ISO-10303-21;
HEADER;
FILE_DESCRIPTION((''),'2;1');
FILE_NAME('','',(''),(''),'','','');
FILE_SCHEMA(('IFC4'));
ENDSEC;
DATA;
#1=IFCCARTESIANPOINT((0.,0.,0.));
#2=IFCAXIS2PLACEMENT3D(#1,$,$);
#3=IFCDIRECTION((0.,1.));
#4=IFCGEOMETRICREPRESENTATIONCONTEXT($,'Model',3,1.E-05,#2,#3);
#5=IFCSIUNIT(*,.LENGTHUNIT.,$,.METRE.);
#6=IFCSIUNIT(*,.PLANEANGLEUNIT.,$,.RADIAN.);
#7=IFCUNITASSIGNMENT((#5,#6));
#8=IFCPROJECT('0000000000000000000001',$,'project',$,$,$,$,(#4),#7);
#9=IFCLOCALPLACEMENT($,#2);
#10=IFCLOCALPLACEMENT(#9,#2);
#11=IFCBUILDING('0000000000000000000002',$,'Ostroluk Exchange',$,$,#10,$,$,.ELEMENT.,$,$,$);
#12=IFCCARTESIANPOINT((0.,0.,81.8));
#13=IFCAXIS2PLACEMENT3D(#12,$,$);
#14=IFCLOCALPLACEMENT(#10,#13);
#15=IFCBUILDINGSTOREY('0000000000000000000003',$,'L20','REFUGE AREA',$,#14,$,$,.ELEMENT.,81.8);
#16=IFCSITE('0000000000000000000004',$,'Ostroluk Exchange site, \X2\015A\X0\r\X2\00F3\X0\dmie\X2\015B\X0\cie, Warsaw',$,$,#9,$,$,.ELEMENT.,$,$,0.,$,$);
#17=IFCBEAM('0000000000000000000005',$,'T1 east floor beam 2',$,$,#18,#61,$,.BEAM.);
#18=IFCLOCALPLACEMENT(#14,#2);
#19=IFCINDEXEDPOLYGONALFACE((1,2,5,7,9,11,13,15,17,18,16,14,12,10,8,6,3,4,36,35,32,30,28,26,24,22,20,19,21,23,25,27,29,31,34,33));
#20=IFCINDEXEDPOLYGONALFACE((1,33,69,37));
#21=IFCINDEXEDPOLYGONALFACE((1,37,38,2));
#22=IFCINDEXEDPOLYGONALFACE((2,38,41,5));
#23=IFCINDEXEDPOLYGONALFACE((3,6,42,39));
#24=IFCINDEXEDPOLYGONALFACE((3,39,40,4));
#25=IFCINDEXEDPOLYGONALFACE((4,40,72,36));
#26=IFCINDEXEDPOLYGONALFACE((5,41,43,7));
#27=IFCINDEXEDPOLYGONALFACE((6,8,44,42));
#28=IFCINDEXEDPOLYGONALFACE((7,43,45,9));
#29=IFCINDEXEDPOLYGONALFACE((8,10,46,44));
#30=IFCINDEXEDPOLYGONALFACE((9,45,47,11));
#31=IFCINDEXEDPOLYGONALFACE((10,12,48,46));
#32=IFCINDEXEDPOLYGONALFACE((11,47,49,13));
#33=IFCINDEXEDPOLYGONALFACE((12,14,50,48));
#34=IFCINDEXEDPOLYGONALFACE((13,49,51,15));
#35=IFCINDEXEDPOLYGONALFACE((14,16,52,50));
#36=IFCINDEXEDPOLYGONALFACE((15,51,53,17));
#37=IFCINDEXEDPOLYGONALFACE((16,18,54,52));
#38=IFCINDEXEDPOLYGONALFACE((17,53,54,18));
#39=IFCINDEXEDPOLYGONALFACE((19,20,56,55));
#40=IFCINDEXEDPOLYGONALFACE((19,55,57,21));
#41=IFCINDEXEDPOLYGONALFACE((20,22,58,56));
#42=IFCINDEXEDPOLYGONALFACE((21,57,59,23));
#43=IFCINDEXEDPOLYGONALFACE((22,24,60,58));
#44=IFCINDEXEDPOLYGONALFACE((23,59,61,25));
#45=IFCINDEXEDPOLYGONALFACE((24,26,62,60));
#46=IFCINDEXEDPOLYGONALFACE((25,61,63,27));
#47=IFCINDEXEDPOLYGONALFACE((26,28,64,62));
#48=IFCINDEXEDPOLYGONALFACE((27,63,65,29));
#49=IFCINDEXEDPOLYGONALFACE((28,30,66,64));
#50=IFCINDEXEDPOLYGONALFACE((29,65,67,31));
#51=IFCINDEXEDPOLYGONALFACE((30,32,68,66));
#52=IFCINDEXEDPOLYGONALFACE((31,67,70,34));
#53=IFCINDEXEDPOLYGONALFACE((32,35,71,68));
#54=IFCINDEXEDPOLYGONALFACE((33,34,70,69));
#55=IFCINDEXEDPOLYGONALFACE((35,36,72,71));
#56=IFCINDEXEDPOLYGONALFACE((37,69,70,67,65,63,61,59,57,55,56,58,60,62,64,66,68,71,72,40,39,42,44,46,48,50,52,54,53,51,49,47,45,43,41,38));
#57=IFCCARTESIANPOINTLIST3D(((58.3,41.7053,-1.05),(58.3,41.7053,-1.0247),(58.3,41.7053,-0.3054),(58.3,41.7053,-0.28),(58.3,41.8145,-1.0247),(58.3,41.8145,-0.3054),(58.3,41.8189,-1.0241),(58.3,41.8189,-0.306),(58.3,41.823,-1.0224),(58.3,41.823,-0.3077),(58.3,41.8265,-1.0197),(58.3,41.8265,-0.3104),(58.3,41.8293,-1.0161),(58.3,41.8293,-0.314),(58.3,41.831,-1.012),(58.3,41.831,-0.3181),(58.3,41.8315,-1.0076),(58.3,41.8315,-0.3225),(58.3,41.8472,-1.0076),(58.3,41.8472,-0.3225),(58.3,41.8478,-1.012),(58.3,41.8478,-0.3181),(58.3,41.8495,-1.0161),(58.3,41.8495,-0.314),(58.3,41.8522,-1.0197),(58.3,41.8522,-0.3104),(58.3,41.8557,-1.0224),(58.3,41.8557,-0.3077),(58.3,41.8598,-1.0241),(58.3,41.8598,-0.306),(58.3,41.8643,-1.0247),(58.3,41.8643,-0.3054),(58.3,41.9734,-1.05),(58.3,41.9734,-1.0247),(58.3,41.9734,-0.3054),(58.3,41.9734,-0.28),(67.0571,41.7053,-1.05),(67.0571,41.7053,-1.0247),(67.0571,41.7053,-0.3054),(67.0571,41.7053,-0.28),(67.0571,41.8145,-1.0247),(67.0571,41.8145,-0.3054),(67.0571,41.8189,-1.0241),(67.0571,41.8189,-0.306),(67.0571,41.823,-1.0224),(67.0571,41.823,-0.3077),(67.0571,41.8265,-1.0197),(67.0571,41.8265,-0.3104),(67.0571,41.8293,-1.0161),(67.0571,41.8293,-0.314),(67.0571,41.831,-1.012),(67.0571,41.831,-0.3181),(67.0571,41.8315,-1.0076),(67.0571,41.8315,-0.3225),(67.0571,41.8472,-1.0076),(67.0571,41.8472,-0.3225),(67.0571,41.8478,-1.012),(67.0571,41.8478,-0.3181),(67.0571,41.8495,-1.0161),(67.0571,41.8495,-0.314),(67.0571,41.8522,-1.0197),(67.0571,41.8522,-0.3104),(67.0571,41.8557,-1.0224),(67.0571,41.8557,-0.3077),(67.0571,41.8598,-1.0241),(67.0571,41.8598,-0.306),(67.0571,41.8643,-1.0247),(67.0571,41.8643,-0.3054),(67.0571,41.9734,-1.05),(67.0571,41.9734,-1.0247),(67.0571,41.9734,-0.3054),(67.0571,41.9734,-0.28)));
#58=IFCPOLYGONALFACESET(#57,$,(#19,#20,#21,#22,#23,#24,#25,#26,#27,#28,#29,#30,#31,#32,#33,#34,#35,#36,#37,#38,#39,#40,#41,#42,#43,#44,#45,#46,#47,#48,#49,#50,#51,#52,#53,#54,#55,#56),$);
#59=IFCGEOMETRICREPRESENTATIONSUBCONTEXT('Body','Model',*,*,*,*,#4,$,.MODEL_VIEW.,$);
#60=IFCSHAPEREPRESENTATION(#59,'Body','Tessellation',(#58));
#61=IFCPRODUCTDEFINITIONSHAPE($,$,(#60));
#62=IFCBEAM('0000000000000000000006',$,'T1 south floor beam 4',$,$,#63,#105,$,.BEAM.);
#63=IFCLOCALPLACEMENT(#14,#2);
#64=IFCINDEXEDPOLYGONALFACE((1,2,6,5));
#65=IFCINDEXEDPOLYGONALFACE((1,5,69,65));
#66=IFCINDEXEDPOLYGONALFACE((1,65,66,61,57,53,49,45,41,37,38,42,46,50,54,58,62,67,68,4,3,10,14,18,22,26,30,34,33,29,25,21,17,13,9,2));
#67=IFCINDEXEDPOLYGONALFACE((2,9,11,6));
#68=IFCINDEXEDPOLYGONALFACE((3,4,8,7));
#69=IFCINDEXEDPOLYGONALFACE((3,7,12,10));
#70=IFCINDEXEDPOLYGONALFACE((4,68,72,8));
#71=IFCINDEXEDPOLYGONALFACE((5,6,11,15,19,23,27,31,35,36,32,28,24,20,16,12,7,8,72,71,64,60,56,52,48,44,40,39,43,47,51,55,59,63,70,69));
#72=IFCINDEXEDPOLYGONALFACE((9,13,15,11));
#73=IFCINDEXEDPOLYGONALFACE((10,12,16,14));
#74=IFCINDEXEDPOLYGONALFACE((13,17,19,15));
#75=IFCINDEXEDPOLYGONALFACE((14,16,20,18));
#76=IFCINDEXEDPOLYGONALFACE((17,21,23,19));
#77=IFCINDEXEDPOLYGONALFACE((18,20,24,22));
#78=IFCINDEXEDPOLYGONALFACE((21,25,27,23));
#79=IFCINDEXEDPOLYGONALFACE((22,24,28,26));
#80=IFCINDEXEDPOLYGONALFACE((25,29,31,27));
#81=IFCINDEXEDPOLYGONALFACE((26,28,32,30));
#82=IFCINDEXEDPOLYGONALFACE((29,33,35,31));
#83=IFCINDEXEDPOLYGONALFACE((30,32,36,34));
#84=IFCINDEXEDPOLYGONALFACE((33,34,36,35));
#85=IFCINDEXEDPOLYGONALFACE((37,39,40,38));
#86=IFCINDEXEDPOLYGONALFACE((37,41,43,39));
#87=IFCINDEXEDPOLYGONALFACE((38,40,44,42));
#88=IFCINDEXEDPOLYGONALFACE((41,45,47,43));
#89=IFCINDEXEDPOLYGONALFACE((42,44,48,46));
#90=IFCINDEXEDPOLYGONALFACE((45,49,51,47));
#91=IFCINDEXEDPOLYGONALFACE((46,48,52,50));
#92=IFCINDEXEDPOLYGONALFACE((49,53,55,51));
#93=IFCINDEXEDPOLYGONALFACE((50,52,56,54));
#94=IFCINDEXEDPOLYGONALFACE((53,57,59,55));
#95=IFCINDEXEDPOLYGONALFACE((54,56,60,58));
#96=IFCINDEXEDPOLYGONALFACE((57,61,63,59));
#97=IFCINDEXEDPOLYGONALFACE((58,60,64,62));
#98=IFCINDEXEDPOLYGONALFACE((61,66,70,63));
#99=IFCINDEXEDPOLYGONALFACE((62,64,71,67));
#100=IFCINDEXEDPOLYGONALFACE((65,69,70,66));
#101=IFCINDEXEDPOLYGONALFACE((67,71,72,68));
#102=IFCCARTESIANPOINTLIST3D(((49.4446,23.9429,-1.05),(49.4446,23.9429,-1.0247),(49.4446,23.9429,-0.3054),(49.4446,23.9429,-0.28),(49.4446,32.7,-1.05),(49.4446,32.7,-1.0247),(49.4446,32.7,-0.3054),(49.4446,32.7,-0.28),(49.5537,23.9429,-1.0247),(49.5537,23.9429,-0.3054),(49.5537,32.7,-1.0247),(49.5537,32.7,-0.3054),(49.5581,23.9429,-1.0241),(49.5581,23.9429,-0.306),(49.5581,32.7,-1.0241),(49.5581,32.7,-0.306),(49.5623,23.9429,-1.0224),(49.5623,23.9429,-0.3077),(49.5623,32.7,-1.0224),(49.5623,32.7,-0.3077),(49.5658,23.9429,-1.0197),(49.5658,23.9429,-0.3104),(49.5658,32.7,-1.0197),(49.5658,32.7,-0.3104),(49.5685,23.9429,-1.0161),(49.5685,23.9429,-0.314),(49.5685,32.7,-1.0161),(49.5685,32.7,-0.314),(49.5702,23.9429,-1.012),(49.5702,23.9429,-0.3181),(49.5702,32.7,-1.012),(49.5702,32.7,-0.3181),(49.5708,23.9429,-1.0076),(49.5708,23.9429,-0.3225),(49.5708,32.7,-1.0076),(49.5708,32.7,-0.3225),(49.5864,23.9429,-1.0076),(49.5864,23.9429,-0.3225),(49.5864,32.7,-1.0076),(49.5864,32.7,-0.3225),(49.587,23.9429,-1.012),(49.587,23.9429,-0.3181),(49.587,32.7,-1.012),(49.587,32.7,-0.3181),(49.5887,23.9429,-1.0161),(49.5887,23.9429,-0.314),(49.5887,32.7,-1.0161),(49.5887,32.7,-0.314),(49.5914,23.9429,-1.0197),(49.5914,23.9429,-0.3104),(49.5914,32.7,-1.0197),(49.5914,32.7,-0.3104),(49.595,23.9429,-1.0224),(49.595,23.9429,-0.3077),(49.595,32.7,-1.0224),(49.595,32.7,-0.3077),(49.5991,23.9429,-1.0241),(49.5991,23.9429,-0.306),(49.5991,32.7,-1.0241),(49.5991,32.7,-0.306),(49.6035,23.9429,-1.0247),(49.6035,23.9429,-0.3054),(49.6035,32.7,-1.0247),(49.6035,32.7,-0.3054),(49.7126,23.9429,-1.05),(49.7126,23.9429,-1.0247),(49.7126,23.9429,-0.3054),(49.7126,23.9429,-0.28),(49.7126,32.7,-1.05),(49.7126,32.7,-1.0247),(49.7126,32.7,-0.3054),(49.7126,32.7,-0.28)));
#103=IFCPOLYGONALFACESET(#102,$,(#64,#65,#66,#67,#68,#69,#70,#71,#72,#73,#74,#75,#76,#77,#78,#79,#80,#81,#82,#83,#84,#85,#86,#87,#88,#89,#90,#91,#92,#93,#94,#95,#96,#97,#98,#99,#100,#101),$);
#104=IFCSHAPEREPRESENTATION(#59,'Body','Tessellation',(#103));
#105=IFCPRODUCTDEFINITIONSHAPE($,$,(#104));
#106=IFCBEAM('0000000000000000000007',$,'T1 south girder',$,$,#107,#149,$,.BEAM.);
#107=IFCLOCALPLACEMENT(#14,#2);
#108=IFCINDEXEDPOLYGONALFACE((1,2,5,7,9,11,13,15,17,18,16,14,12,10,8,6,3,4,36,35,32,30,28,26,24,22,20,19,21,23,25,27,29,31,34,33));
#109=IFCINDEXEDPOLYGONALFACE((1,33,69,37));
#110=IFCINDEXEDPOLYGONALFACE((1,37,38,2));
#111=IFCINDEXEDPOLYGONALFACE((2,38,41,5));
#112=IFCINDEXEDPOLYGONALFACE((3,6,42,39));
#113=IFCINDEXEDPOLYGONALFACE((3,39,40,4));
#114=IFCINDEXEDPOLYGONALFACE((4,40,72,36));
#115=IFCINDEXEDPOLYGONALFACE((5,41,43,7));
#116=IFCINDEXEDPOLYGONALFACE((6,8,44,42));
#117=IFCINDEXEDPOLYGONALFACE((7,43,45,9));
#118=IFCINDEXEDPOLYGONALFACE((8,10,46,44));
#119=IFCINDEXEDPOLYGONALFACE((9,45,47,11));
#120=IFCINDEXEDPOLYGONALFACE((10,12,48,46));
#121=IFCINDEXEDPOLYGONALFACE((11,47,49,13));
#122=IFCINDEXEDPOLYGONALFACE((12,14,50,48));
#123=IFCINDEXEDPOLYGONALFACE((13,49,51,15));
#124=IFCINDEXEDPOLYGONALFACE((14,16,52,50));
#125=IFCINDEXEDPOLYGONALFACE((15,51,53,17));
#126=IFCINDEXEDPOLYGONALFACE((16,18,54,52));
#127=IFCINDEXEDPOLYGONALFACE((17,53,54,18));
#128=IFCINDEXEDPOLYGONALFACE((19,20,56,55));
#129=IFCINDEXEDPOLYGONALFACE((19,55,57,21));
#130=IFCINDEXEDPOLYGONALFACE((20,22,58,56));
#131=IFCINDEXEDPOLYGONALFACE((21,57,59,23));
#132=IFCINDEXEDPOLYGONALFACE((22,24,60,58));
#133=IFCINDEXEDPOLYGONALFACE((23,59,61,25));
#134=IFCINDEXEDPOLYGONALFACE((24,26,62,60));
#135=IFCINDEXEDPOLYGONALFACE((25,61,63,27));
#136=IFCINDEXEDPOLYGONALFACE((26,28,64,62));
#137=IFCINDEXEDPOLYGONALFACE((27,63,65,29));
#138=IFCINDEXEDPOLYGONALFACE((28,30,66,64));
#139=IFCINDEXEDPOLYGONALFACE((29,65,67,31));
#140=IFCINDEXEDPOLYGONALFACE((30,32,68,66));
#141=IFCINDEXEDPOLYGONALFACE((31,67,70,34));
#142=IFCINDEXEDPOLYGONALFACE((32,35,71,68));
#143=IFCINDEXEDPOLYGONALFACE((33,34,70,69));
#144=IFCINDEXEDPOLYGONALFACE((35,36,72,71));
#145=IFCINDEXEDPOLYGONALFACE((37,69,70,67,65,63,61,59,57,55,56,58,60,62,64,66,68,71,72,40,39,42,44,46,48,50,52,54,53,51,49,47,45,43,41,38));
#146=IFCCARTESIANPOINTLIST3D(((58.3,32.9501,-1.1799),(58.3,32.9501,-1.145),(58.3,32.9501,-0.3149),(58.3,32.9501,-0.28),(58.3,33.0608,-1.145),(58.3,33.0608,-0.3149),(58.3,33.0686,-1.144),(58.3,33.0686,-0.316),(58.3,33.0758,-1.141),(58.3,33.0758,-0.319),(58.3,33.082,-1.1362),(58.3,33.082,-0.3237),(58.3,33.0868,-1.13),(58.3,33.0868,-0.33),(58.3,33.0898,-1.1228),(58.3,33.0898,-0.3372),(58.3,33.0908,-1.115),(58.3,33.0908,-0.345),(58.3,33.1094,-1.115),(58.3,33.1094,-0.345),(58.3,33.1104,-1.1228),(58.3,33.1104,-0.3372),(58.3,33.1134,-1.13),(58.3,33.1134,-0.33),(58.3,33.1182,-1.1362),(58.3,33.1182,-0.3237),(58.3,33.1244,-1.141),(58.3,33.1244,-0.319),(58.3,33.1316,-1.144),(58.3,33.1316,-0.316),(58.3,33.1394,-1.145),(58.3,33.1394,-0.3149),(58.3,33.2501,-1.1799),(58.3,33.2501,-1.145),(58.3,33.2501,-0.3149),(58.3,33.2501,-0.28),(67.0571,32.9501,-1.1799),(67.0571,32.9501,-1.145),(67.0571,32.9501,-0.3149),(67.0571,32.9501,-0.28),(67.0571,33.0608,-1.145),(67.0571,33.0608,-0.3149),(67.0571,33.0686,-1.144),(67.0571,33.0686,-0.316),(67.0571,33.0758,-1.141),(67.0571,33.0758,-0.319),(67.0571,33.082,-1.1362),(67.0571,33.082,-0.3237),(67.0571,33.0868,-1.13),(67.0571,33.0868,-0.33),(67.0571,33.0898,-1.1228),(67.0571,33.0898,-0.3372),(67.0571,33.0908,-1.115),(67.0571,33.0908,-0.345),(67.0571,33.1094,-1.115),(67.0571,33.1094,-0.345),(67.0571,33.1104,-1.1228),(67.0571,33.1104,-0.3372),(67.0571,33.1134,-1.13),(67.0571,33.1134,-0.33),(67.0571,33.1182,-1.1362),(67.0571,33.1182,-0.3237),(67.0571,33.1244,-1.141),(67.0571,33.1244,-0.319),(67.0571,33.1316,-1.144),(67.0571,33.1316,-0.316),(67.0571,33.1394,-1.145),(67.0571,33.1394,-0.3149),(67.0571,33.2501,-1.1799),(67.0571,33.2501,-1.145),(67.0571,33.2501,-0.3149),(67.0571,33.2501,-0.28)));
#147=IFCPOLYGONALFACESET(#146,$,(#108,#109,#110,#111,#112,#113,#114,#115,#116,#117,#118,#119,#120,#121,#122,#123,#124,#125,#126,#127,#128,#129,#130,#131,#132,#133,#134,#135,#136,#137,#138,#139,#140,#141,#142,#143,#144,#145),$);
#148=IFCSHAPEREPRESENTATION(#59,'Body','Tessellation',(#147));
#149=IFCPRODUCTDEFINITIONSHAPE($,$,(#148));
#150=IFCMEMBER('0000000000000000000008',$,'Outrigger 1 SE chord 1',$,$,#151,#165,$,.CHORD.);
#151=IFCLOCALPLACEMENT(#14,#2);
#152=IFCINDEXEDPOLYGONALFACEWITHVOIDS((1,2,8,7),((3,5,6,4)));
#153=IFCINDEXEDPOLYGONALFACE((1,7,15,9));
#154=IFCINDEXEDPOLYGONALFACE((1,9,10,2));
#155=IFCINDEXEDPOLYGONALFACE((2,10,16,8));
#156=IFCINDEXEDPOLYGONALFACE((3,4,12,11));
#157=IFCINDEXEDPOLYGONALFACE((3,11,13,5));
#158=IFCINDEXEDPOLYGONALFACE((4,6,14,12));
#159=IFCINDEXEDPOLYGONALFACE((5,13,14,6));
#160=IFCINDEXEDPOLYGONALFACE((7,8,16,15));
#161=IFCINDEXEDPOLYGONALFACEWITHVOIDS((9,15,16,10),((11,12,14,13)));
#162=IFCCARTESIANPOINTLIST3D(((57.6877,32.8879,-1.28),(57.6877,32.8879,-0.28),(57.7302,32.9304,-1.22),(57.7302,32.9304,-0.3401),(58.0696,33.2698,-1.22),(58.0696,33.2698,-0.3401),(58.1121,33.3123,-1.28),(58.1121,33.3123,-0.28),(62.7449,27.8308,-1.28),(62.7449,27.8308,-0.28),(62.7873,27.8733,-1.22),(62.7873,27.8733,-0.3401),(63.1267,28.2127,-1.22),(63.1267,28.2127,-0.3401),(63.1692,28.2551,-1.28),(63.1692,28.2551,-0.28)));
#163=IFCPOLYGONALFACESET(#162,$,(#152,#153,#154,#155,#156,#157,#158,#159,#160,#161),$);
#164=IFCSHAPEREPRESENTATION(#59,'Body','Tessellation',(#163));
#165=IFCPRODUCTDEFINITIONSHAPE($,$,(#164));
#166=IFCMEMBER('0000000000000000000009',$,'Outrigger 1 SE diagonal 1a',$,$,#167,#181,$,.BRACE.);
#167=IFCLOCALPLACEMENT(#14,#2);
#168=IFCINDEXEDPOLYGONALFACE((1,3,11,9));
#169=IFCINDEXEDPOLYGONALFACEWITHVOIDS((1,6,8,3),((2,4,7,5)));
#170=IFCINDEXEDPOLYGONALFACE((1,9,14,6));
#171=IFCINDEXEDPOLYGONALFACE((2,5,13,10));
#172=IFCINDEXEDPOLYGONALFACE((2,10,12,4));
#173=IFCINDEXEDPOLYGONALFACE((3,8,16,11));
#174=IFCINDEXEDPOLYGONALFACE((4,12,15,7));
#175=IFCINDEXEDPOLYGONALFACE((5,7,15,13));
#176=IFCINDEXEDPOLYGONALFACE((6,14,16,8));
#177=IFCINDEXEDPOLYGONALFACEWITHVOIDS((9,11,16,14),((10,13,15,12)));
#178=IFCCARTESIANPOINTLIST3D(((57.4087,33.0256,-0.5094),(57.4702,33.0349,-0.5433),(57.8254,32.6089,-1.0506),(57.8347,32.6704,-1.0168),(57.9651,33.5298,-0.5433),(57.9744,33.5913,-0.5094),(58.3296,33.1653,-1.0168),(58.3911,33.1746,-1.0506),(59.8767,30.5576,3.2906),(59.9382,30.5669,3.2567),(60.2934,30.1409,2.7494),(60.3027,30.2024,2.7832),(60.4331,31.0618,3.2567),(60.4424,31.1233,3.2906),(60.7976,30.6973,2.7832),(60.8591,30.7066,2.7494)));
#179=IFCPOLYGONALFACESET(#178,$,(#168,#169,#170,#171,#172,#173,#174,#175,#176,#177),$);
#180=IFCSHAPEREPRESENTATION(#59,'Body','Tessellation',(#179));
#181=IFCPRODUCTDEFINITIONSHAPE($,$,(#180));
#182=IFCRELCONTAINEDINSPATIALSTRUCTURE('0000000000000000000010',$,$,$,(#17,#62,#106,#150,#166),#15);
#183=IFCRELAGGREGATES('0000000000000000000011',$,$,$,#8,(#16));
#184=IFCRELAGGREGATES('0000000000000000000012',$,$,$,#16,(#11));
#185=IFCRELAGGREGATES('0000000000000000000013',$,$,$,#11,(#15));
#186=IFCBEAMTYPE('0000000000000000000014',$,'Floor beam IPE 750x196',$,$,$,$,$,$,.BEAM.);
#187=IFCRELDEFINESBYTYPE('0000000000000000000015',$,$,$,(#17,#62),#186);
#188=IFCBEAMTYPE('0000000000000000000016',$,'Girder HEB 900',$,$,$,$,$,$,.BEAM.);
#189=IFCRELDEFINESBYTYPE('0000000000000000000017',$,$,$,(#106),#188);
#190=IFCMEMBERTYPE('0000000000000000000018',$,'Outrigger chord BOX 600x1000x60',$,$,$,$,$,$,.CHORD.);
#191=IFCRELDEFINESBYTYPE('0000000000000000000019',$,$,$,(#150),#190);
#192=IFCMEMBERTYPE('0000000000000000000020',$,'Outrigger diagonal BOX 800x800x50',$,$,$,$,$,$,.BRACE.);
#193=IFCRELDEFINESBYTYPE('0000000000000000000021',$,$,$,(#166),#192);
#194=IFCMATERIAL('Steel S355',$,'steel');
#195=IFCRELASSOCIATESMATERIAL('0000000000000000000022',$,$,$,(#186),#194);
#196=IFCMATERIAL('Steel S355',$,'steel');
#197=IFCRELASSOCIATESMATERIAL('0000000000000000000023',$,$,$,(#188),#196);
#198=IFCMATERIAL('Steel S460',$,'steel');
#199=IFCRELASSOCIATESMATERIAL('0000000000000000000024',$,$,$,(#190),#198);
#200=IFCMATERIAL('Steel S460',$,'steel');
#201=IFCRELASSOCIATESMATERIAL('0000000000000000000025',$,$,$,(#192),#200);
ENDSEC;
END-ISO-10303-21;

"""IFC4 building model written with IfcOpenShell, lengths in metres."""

from ifc_helpers import new_model, si_unit, direction, frame, origin, origin_2d, place, context, subcontext, project, spatial, hollow_rectangle, i_section, extrude, material, material_profile, profile_set, type_object, element, save


model = new_model("IFC4")

# Units and contexts
model_context = context("Model", 3, precision=1e-05, world=origin(), true_north=direction((0.0, 1.0)))
body_context = subcontext(model_context, "Body", "Model", "MODEL_VIEW")
ifc_project = project(units=[si_unit("LENGTHUNIT", "METRE"), si_unit("PLANEANGLEUNIT", "RADIAN")], contexts=[model_context])

# Site, building, storey
site_placement = place(None, origin())
site = spatial("IfcSite", under=ifc_project, at=site_placement, Name="Ostroluk Exchange site, Śródmieście, Warsaw", CompositionType="ELEMENT", RefElevation=0.0)
building_placement = place(site_placement, origin())
building = spatial("IfcBuilding", under=site, at=building_placement, Name="Ostroluk Exchange", CompositionType="ELEMENT")
storey_placement = place(building_placement, frame((0.0, 0.0, 81.8)))
storey = spatial("IfcBuildingStorey", under=building, at=storey_placement, Name="L20", Description="REFUGE AREA", CompositionType="ELEMENT", Elevation=81.8)

# Beams
ifc_material_1 = material(Name="Steel S355", Category="steel")
ifc_material_profile_1 = material_profile(ifc_material_1, i_section(OverallWidth=0.2681, OverallDepth=0.77, WebThickness=0.0156, FlangeThickness=0.0254, FilletRadius=0.0171, at=origin_2d()), Name="IPE 750x196")
ifc_profile_set_1 = profile_set([ifc_material_profile_1], Name="Steel S355")
beam_type_1 = type_object("IfcBeamType", Name="Floor beam IPE 750x196", PredefinedType="BEAM", material=ifc_profile_set_1)
for number, where, z_axis, x_axis, name in (
    (1, (58.3, 41.8394, -0.665), (1.0, 0.0, 0.0), (0.0, 1.0, 0.0), "T1 east floor beam 2"),
    (2, (49.5786, 32.7, -0.665), (0.0, -1.0, 0.0), (1.0, 0.0, 0.0), "T1 south floor beam 4"),
):
    element("IfcBeam", number, at=place(storey_placement, frame(where, z_axis=z_axis, x_axis=x_axis)), inside=storey, type_object=beam_type_1, Name=name, PredefinedType="BEAM", context=body_context, shape_type="SweptSolid", body=[
        extrude(i_section(OverallWidth=0.2681, OverallDepth=0.77, WebThickness=0.0156, FlangeThickness=0.0254, FilletRadius=0.0171, at=origin_2d()), origin(), (0.0, 0.0, 1.0), 8.7571),
    ])
ifc_material_2 = material(Name="Steel S355", Category="steel")
ifc_material_profile_2 = material_profile(ifc_material_2, i_section(OverallWidth=0.3, OverallDepth=0.8999, WebThickness=0.0186, FlangeThickness=0.0349, FilletRadius=0.03, at=origin_2d()), Name="HEB 900")
ifc_profile_set_2 = profile_set([ifc_material_profile_2], Name="Steel S355")
beam_type_2 = type_object("IfcBeamType", Name="Girder HEB 900", PredefinedType="BEAM", material=ifc_profile_set_2)
beam_1_placement = place(storey_placement, frame((58.3, 33.1001, -0.73), z_axis=(1.0, 0.0, 0.0), x_axis=(0.0, 1.0, 0.0)))
element("IfcBeam", 3, at=beam_1_placement, inside=storey, type_object=beam_type_2, Name="T1 south girder", PredefinedType="BEAM", context=body_context, shape_type="SweptSolid", body=[
    extrude(i_section(OverallWidth=0.3, OverallDepth=0.8999, WebThickness=0.0186, FlangeThickness=0.0349, FilletRadius=0.03, at=origin_2d()), origin(), (0.0, 0.0, 1.0), 8.7571),
])

# Members
ifc_material_3 = material(Name="Steel S460", Category="steel")
ifc_material_profile_3 = material_profile(ifc_material_3, hollow_rectangle(XDim=0.6001, YDim=1.0, WallThickness=0.0601, at=origin_2d()), Name="BOX 600x1000x60")
ifc_profile_set_3 = profile_set([ifc_material_profile_3], Name="Steel S460")
member_type_1 = type_object("IfcMemberType", Name="Outrigger chord BOX 600x1000x60", PredefinedType="CHORD", material=ifc_profile_set_3)
member_1_placement = place(storey_placement, frame((57.8999, 33.1001, -0.78), z_axis=(0.707107, -0.707107, 0.0), x_axis=(0.707107, 0.707107, 0.0)))
element("IfcMember", 4, at=member_1_placement, inside=storey, type_object=member_type_1, Name="Outrigger 1 SE chord 1", PredefinedType="CHORD", context=body_context, shape_type="SweptSolid", body=[
    extrude(hollow_rectangle(XDim=0.6001, YDim=1.0, WallThickness=0.0601, at=origin_2d()), origin(), (0.0, 0.0, 1.0), 7.1519),
])
ifc_material_4 = material(Name="Steel S460", Category="steel")
ifc_material_profile_4 = material_profile(ifc_material_4, hollow_rectangle(XDim=0.8, YDim=0.8, WallThickness=0.05, at=origin_2d()), Name="BOX 800x800x50")
ifc_profile_set_4 = profile_set([ifc_material_profile_4], Name="Steel S460")
member_type_2 = type_object("IfcMemberType", Name="Outrigger diagonal BOX 800x800x50", PredefinedType="BRACE", material=ifc_profile_set_4)
member_2_placement = place(storey_placement, frame((57.8999, 33.1001, -0.78), z_axis=(0.478325, -0.478325, 0.736485), x_axis=(0.707107, 0.707107, 0.0)))
element("IfcMember", 5, at=member_2_placement, inside=storey, type_object=member_type_2, Name="Outrigger 1 SE diagonal 1a", PredefinedType="BRACE", context=body_context, shape_type="SweptSolid", body=[
    extrude(hollow_rectangle(XDim=0.8, YDim=0.8, WallThickness=0.05, at=origin_2d()), origin(), (0.0, 0.0, 1.0), 5.1597),
])

save(model, "model.ifc")
